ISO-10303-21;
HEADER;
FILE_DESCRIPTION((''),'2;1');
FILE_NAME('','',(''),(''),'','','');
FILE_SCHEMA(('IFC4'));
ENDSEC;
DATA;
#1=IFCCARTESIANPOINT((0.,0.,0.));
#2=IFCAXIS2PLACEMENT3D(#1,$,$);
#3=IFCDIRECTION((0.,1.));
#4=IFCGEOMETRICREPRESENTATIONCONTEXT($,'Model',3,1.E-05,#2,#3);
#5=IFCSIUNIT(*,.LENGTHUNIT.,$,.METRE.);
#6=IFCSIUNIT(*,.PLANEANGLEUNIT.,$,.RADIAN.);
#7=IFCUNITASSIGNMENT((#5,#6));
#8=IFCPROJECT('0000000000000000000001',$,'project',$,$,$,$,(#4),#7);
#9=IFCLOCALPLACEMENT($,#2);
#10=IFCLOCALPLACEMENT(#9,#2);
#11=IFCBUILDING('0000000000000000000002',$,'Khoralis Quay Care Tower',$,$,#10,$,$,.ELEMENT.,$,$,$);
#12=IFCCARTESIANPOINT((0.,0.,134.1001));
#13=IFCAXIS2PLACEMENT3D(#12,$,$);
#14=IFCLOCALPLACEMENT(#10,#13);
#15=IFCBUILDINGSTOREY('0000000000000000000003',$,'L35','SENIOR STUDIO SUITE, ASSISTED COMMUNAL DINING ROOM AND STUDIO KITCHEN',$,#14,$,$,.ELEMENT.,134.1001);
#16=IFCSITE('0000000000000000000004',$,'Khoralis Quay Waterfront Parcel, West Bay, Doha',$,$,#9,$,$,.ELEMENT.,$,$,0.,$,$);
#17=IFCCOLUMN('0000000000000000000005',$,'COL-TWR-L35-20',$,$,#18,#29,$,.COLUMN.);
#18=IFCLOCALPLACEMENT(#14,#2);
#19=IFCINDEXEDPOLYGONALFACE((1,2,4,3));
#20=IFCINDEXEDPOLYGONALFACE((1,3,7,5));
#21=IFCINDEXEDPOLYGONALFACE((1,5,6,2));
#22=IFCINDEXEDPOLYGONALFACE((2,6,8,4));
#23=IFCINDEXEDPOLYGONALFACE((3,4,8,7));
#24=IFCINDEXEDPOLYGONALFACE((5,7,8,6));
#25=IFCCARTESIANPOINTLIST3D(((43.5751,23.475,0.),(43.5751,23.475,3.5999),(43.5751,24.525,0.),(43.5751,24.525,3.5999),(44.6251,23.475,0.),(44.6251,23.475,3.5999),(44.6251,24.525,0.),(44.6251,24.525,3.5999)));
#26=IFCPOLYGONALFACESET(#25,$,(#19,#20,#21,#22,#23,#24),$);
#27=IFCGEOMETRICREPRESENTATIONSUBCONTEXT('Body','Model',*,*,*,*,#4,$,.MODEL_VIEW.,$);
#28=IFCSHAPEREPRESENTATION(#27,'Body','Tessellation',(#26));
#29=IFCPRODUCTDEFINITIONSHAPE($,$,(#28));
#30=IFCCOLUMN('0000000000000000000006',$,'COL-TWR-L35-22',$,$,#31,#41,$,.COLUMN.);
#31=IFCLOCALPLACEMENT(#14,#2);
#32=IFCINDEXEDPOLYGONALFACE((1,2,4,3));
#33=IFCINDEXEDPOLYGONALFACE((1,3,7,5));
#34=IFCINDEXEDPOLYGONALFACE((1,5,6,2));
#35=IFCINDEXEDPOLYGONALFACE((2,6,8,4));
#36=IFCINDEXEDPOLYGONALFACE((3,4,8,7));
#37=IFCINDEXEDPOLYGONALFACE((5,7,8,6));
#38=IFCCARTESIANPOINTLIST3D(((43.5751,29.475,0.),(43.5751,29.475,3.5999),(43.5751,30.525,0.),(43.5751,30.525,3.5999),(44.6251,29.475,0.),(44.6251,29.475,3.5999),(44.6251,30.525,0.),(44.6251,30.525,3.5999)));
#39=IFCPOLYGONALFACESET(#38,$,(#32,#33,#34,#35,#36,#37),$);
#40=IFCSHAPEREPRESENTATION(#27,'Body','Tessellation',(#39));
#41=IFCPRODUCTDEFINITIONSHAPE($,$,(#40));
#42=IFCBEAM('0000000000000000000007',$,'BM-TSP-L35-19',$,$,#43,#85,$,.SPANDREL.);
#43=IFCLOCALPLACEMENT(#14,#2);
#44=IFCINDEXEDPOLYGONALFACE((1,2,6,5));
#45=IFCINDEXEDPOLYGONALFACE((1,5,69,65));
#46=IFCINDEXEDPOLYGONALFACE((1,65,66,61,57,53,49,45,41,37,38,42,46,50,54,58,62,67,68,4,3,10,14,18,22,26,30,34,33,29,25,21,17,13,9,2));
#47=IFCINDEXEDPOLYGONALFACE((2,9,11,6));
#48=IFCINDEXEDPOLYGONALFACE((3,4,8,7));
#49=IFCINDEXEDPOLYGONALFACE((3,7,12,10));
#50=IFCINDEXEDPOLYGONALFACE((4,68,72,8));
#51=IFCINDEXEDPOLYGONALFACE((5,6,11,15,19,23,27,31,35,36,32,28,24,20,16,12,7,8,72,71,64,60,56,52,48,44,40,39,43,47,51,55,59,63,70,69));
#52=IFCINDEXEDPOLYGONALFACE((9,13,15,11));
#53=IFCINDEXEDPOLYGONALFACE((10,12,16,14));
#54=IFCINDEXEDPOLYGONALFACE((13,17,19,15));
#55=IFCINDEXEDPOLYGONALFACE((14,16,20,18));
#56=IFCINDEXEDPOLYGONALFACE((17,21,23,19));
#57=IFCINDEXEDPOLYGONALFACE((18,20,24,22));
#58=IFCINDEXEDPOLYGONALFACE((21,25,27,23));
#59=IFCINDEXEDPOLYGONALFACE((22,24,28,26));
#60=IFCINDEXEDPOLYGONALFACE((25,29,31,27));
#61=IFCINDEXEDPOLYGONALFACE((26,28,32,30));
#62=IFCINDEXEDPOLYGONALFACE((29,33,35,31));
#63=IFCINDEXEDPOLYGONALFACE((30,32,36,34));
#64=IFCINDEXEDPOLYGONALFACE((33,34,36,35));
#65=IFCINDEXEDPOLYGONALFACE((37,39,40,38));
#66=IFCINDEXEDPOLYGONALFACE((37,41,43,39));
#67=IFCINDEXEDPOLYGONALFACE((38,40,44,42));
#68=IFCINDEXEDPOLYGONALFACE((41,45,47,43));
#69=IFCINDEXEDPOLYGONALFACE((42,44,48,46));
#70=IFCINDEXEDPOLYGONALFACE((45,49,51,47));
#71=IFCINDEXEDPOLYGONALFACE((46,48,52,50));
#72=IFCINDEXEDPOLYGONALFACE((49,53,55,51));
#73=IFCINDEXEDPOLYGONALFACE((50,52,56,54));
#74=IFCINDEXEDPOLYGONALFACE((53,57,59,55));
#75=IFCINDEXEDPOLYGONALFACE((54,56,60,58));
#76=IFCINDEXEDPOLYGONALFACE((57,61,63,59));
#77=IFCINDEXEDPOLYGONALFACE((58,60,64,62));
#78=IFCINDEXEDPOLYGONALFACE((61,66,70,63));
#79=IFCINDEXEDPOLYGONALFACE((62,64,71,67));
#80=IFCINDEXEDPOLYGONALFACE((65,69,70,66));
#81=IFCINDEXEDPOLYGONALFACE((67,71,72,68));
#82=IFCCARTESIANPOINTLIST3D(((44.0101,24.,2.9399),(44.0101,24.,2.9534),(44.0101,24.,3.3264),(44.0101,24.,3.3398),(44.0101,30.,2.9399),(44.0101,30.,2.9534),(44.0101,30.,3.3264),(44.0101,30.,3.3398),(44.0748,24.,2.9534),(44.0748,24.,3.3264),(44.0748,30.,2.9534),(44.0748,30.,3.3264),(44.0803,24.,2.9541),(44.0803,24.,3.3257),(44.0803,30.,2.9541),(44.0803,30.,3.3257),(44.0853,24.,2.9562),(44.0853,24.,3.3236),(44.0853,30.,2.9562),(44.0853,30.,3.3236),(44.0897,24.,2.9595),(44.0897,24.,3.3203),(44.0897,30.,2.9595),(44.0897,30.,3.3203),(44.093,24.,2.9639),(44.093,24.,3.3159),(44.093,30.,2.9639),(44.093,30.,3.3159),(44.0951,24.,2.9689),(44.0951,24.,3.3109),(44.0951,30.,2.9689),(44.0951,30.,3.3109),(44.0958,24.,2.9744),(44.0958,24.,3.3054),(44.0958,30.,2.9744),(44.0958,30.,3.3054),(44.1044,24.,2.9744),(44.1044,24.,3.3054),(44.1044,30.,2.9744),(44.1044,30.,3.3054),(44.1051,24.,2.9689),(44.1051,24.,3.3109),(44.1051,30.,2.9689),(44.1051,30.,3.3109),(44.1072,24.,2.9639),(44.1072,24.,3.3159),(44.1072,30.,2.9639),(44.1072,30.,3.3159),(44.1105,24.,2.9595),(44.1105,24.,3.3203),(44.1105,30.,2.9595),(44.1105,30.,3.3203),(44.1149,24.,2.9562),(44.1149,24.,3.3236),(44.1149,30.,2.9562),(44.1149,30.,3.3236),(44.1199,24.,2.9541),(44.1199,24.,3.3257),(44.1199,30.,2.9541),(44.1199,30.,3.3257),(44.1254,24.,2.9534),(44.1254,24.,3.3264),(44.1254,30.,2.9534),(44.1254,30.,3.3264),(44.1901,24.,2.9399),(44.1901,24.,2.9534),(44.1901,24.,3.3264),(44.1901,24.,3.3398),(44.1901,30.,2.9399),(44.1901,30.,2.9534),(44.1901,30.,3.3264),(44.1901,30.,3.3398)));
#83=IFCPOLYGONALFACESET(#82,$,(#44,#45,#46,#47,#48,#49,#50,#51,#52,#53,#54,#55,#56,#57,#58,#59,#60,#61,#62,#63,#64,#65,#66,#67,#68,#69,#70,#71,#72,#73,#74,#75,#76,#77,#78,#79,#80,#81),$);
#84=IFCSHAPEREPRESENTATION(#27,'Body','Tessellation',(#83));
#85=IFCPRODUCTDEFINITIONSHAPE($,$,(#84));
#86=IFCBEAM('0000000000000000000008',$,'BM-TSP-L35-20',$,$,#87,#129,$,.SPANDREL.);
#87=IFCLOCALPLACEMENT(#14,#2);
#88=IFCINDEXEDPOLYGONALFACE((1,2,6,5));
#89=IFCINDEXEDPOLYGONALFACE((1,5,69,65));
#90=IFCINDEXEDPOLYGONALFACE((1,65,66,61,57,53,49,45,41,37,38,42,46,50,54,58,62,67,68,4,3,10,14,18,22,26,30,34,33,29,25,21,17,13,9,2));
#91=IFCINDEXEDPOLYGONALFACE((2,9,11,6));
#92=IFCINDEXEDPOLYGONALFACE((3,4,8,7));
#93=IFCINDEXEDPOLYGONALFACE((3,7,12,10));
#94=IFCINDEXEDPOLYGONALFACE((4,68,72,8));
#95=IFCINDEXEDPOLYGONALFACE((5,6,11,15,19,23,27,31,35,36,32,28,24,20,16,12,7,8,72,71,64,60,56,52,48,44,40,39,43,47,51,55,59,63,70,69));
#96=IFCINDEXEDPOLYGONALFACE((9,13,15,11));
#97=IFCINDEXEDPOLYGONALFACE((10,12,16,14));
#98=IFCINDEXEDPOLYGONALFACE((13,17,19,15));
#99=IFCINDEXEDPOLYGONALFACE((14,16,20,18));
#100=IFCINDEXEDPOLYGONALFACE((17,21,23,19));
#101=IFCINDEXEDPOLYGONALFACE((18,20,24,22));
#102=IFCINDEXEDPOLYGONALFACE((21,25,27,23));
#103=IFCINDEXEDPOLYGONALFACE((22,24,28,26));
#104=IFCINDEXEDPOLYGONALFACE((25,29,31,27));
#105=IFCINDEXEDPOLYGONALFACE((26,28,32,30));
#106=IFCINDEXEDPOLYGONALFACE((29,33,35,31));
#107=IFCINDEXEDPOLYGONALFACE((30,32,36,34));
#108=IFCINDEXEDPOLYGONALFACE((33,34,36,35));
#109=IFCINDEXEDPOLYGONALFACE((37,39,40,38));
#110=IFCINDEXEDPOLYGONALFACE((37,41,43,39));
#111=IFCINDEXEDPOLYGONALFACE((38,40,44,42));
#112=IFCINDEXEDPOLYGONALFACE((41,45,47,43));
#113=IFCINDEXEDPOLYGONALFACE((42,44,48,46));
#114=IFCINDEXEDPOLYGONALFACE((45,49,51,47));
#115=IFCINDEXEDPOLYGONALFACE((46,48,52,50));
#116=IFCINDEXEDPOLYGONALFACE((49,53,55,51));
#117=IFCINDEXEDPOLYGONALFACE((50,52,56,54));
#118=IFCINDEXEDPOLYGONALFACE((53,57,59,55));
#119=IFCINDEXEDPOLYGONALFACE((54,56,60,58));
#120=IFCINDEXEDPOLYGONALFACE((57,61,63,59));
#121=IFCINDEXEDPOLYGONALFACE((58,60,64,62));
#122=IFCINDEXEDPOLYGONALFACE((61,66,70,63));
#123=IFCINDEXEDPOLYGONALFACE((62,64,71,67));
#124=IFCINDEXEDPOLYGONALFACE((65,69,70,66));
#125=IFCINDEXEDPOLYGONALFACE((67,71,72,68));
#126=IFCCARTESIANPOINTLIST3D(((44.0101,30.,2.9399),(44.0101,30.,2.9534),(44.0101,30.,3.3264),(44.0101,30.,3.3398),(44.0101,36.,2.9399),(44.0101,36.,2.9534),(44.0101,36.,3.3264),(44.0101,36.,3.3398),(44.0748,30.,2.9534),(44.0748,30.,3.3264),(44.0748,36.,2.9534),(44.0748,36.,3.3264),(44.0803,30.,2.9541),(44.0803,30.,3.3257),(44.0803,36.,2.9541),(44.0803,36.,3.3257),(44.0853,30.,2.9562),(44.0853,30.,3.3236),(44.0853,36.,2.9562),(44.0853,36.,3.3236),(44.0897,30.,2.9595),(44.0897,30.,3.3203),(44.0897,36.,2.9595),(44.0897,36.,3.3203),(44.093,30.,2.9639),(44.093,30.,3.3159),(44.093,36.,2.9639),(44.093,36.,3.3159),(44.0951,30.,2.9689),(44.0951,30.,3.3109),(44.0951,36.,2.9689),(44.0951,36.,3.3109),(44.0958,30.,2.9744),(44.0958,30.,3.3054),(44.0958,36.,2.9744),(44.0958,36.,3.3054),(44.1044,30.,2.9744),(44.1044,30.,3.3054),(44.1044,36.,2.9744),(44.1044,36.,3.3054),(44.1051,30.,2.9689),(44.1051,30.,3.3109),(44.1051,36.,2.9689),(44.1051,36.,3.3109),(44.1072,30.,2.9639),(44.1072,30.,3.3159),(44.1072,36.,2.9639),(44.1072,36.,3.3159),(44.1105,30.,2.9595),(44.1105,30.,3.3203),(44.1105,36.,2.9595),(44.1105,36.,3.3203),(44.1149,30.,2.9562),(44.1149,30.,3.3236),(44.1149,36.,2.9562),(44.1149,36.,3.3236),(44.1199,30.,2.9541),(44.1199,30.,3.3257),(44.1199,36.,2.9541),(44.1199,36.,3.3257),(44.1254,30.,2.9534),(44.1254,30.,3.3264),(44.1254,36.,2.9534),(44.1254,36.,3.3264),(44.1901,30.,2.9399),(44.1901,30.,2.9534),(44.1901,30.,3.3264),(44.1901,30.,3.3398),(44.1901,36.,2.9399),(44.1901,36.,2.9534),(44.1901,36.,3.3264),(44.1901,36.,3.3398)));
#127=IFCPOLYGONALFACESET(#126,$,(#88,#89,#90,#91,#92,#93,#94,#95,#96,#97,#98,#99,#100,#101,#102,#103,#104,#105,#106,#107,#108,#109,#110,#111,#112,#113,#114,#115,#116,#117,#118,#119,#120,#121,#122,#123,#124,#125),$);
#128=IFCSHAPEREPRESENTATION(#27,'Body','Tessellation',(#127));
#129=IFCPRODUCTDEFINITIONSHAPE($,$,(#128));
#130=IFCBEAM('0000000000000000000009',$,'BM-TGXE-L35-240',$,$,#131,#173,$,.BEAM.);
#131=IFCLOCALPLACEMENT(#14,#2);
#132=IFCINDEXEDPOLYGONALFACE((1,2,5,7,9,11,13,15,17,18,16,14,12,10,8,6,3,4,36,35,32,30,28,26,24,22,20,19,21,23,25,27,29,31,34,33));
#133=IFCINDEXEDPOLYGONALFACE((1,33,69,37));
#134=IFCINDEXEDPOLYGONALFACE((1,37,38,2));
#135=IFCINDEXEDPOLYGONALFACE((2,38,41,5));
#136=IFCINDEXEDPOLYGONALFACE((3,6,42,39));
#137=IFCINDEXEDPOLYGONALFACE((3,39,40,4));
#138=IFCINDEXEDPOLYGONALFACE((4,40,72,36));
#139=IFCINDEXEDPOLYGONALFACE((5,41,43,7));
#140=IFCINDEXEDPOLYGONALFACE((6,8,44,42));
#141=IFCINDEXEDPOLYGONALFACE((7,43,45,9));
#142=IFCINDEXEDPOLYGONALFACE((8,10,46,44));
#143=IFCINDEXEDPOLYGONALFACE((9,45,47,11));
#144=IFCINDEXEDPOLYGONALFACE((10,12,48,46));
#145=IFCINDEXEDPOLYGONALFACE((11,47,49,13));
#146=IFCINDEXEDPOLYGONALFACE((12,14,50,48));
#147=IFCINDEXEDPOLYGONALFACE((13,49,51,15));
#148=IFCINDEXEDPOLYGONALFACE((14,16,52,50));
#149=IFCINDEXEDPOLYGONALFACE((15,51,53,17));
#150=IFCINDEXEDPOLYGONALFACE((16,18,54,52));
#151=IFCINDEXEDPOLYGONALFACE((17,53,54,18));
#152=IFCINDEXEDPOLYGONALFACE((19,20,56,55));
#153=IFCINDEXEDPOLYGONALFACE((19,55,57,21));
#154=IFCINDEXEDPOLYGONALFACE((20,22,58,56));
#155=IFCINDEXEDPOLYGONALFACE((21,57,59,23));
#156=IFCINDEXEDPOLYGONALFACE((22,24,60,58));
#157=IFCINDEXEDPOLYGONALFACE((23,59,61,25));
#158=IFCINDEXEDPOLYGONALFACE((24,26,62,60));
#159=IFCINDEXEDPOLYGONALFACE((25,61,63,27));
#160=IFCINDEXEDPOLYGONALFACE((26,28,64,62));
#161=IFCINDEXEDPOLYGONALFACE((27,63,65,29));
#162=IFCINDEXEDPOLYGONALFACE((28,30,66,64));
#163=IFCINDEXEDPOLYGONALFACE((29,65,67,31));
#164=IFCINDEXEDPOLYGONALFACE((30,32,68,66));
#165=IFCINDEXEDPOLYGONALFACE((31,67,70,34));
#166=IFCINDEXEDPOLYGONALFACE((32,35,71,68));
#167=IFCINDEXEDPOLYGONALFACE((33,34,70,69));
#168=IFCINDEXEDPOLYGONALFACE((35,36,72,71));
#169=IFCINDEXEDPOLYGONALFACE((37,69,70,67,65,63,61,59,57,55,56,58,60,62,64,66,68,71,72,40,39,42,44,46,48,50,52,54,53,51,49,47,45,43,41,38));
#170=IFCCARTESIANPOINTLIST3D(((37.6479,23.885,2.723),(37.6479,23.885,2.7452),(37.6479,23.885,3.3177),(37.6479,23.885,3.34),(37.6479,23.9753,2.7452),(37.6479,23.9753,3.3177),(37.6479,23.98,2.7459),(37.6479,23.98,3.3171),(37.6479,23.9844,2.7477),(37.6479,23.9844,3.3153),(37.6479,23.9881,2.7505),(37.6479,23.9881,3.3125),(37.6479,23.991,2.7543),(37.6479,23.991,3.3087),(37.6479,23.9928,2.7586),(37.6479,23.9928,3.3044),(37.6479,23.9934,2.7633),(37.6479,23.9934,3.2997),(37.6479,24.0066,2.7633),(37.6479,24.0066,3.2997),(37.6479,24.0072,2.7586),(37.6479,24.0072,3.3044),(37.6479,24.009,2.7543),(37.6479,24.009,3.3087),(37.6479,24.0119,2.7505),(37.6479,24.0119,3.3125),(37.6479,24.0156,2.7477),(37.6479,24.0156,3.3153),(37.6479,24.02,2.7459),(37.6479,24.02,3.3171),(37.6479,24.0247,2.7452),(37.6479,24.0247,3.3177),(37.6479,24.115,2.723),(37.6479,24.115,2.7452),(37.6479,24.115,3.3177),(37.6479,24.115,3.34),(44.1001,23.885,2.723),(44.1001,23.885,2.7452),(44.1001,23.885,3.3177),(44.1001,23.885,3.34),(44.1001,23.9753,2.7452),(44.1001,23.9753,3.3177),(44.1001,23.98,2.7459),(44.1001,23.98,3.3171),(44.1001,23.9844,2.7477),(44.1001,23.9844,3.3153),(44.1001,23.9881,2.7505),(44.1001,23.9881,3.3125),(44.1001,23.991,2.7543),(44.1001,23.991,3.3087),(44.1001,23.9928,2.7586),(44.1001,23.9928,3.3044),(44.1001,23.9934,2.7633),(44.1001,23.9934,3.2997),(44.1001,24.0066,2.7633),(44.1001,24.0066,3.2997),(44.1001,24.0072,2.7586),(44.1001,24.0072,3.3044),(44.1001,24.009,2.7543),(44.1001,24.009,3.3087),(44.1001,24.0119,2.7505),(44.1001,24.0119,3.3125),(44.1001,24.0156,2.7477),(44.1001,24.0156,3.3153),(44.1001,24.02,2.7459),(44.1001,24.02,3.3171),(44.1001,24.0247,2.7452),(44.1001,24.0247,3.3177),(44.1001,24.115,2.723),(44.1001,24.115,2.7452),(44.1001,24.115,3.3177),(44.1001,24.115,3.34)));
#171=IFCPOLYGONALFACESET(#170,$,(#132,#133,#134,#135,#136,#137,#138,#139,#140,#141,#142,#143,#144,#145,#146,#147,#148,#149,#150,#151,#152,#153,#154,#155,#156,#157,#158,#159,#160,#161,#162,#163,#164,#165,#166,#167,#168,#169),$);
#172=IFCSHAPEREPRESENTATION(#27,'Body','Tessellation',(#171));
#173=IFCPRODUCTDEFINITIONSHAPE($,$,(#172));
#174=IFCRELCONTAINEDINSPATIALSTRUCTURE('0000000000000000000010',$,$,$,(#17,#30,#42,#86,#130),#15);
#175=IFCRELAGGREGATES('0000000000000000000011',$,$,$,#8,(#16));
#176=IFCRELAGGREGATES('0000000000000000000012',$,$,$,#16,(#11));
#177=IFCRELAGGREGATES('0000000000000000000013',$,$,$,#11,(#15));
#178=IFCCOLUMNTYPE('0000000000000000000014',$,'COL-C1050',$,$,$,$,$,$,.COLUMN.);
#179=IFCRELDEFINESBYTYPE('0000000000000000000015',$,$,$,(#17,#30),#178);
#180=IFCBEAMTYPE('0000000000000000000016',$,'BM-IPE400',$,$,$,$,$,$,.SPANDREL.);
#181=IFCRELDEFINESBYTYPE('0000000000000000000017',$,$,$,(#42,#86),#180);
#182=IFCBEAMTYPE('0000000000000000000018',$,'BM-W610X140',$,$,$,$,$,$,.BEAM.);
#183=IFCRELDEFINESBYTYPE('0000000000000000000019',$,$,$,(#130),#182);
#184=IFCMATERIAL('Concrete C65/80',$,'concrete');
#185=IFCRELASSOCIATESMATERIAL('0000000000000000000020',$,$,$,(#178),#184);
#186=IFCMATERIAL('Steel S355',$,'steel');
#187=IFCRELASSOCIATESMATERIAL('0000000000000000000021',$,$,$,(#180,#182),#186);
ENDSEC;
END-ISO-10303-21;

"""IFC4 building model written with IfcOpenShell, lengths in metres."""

from ifc_helpers import new_model, si_unit, direction, frame, origin, origin_2d, place, context, subcontext, project, spatial, rectangle, i_section, extrude, source, transform, mapped, material, material_profile, profile_set, type_object, element, save


model = new_model("IFC4")

# Units and contexts
model_context = context("Model", 3, precision=1e-05, world=origin(), true_north=direction((0.0, 1.0)))
body_context = subcontext(model_context, "Body", "Model", "MODEL_VIEW")
ifc_project = project(units=[si_unit("LENGTHUNIT", "METRE"), si_unit("PLANEANGLEUNIT", "RADIAN")], contexts=[model_context])

# Site, building, storey
site_placement = place(None, origin())
site = spatial("IfcSite", under=ifc_project, at=site_placement, Name="Khoralis Quay Waterfront Parcel, West Bay, Doha", CompositionType="ELEMENT", RefElevation=0.0)
building_placement = place(site_placement, origin())
building = spatial("IfcBuilding", under=site, at=building_placement, Name="Khoralis Quay Care Tower", CompositionType="ELEMENT")
storey_placement = place(building_placement, frame((0.0, 0.0, 134.1001)))
storey = spatial("IfcBuildingStorey", under=building, at=storey_placement, Name="L35", Description="SENIOR STUDIO SUITE, ASSISTED COMMUNAL DINING ROOM AND STUDIO KITCHEN", CompositionType="ELEMENT", Elevation=134.1001)

# Columns
ifc_material_1 = material(Name="Concrete C65/80", Category="concrete")
ifc_material_profile_1 = material_profile(ifc_material_1, rectangle(XDim=1.05, YDim=1.05, at=origin_2d()), Name="Concrete C65/80")
ifc_profile_set_1 = profile_set([ifc_material_profile_1], Name="Concrete C65/80")
column_type = type_object("IfcColumnType", Name="COL-C1050", PredefinedType="COLUMN", material=ifc_profile_set_1)
shared_shape_1 = source(origin(), body_context, "Body", "SweptSolid", [
    extrude(rectangle(XDim=1.05, YDim=1.05, at=origin_2d()), origin(), (0.0, 0.0, 1.0), 3.5999),
])
for number, where, z_axis, x_axis, name in (
    (1, (44.1001, 24.0, 0.0), (0.0, 0.0, 1.0), (1.0, 0.0, 0.0), "COL-TWR-L35-20"),
    (2, (44.1001, 30.0, 0.0), (0.0, 0.0, 1.0), (1.0, 0.0, 0.0), "COL-TWR-L35-22"),
):
    element("IfcColumn", number, at=place(storey_placement, frame(where, z_axis=z_axis, x_axis=x_axis)), inside=storey, type_object=column_type, Name=name, PredefinedType="COLUMN", context=body_context, shape_type="MappedRepresentation", body=[
        mapped(shared_shape_1, transform((0.0, 0.0, 0.0), scale=1.0)),
    ])

# Beams
ifc_material_2 = material(Name="Steel S355", Category="steel")
ifc_material_profile_2 = material_profile(ifc_material_2, i_section(OverallWidth=0.1799, OverallDepth=0.3999, WebThickness=0.0085, FlangeThickness=0.0134, FilletRadius=0.021, at=origin_2d()), Name="Steel S355")
ifc_profile_set_2 = profile_set([ifc_material_profile_2], Name="Steel S355")
beam_type_1 = type_object("IfcBeamType", Name="BM-IPE400", PredefinedType="SPANDREL", material=ifc_profile_set_2)
shared_shape_2 = source(origin(), body_context, "Body", "SweptSolid", [
    extrude(i_section(OverallWidth=0.1799, OverallDepth=0.3999, WebThickness=0.0085, FlangeThickness=0.0134, FilletRadius=0.021, at=origin_2d()), origin(), (0.0, 0.0, 1.0), 6.0),
])
for number, where, z_axis, x_axis, name in (
    (3, (44.1001, 24.0, 3.1399), (0.0, 1.0, 0.0), (-1.0, 0.0, 0.0), "BM-TSP-L35-19"),
    (4, (44.1001, 30.0, 3.1399), (0.0, 1.0, 0.0), (-1.0, 0.0, 0.0), "BM-TSP-L35-20"),
):
    element("IfcBeam", number, at=place(storey_placement, frame(where, z_axis=z_axis, x_axis=x_axis)), inside=storey, type_object=beam_type_1, Name=name, PredefinedType="SPANDREL", context=body_context, shape_type="MappedRepresentation", body=[
        mapped(shared_shape_2, transform((0.0, 0.0, 0.0), scale=1.0)),
    ])
ifc_material_profile_3 = material_profile(ifc_material_2, i_section(OverallWidth=0.23, OverallDepth=0.6169, WebThickness=0.0132, FlangeThickness=0.0222, FilletRadius=0.0181, at=origin_2d()), Name="Steel S355")
ifc_profile_set_3 = profile_set([ifc_material_profile_3], Name="Steel S355")
beam_type_2 = type_object("IfcBeamType", Name="BM-W610X140", PredefinedType="BEAM", material=ifc_profile_set_3)
shared_shape_3 = source(origin(), body_context, "Body", "SweptSolid", [
    extrude(i_section(OverallWidth=0.23, OverallDepth=0.6169, WebThickness=0.0132, FlangeThickness=0.0222, FilletRadius=0.0181, at=origin_2d()), origin(), (0.0, 0.0, 1.0), 6.4521),
])
beam_1_placement = place(storey_placement, frame((37.6479, 24.0, 3.0315), z_axis=(1.0, 0.0, 0.0), x_axis=(0.0, 1.0, 0.0)))
element("IfcBeam", 5, at=beam_1_placement, inside=storey, type_object=beam_type_2, Name="BM-TGXE-L35-240", PredefinedType="BEAM", context=body_context, shape_type="MappedRepresentation", body=[
    mapped(shared_shape_3, transform((0.0, 0.0, 0.0), scale=1.0)),
])

save(model, "model.ifc")
